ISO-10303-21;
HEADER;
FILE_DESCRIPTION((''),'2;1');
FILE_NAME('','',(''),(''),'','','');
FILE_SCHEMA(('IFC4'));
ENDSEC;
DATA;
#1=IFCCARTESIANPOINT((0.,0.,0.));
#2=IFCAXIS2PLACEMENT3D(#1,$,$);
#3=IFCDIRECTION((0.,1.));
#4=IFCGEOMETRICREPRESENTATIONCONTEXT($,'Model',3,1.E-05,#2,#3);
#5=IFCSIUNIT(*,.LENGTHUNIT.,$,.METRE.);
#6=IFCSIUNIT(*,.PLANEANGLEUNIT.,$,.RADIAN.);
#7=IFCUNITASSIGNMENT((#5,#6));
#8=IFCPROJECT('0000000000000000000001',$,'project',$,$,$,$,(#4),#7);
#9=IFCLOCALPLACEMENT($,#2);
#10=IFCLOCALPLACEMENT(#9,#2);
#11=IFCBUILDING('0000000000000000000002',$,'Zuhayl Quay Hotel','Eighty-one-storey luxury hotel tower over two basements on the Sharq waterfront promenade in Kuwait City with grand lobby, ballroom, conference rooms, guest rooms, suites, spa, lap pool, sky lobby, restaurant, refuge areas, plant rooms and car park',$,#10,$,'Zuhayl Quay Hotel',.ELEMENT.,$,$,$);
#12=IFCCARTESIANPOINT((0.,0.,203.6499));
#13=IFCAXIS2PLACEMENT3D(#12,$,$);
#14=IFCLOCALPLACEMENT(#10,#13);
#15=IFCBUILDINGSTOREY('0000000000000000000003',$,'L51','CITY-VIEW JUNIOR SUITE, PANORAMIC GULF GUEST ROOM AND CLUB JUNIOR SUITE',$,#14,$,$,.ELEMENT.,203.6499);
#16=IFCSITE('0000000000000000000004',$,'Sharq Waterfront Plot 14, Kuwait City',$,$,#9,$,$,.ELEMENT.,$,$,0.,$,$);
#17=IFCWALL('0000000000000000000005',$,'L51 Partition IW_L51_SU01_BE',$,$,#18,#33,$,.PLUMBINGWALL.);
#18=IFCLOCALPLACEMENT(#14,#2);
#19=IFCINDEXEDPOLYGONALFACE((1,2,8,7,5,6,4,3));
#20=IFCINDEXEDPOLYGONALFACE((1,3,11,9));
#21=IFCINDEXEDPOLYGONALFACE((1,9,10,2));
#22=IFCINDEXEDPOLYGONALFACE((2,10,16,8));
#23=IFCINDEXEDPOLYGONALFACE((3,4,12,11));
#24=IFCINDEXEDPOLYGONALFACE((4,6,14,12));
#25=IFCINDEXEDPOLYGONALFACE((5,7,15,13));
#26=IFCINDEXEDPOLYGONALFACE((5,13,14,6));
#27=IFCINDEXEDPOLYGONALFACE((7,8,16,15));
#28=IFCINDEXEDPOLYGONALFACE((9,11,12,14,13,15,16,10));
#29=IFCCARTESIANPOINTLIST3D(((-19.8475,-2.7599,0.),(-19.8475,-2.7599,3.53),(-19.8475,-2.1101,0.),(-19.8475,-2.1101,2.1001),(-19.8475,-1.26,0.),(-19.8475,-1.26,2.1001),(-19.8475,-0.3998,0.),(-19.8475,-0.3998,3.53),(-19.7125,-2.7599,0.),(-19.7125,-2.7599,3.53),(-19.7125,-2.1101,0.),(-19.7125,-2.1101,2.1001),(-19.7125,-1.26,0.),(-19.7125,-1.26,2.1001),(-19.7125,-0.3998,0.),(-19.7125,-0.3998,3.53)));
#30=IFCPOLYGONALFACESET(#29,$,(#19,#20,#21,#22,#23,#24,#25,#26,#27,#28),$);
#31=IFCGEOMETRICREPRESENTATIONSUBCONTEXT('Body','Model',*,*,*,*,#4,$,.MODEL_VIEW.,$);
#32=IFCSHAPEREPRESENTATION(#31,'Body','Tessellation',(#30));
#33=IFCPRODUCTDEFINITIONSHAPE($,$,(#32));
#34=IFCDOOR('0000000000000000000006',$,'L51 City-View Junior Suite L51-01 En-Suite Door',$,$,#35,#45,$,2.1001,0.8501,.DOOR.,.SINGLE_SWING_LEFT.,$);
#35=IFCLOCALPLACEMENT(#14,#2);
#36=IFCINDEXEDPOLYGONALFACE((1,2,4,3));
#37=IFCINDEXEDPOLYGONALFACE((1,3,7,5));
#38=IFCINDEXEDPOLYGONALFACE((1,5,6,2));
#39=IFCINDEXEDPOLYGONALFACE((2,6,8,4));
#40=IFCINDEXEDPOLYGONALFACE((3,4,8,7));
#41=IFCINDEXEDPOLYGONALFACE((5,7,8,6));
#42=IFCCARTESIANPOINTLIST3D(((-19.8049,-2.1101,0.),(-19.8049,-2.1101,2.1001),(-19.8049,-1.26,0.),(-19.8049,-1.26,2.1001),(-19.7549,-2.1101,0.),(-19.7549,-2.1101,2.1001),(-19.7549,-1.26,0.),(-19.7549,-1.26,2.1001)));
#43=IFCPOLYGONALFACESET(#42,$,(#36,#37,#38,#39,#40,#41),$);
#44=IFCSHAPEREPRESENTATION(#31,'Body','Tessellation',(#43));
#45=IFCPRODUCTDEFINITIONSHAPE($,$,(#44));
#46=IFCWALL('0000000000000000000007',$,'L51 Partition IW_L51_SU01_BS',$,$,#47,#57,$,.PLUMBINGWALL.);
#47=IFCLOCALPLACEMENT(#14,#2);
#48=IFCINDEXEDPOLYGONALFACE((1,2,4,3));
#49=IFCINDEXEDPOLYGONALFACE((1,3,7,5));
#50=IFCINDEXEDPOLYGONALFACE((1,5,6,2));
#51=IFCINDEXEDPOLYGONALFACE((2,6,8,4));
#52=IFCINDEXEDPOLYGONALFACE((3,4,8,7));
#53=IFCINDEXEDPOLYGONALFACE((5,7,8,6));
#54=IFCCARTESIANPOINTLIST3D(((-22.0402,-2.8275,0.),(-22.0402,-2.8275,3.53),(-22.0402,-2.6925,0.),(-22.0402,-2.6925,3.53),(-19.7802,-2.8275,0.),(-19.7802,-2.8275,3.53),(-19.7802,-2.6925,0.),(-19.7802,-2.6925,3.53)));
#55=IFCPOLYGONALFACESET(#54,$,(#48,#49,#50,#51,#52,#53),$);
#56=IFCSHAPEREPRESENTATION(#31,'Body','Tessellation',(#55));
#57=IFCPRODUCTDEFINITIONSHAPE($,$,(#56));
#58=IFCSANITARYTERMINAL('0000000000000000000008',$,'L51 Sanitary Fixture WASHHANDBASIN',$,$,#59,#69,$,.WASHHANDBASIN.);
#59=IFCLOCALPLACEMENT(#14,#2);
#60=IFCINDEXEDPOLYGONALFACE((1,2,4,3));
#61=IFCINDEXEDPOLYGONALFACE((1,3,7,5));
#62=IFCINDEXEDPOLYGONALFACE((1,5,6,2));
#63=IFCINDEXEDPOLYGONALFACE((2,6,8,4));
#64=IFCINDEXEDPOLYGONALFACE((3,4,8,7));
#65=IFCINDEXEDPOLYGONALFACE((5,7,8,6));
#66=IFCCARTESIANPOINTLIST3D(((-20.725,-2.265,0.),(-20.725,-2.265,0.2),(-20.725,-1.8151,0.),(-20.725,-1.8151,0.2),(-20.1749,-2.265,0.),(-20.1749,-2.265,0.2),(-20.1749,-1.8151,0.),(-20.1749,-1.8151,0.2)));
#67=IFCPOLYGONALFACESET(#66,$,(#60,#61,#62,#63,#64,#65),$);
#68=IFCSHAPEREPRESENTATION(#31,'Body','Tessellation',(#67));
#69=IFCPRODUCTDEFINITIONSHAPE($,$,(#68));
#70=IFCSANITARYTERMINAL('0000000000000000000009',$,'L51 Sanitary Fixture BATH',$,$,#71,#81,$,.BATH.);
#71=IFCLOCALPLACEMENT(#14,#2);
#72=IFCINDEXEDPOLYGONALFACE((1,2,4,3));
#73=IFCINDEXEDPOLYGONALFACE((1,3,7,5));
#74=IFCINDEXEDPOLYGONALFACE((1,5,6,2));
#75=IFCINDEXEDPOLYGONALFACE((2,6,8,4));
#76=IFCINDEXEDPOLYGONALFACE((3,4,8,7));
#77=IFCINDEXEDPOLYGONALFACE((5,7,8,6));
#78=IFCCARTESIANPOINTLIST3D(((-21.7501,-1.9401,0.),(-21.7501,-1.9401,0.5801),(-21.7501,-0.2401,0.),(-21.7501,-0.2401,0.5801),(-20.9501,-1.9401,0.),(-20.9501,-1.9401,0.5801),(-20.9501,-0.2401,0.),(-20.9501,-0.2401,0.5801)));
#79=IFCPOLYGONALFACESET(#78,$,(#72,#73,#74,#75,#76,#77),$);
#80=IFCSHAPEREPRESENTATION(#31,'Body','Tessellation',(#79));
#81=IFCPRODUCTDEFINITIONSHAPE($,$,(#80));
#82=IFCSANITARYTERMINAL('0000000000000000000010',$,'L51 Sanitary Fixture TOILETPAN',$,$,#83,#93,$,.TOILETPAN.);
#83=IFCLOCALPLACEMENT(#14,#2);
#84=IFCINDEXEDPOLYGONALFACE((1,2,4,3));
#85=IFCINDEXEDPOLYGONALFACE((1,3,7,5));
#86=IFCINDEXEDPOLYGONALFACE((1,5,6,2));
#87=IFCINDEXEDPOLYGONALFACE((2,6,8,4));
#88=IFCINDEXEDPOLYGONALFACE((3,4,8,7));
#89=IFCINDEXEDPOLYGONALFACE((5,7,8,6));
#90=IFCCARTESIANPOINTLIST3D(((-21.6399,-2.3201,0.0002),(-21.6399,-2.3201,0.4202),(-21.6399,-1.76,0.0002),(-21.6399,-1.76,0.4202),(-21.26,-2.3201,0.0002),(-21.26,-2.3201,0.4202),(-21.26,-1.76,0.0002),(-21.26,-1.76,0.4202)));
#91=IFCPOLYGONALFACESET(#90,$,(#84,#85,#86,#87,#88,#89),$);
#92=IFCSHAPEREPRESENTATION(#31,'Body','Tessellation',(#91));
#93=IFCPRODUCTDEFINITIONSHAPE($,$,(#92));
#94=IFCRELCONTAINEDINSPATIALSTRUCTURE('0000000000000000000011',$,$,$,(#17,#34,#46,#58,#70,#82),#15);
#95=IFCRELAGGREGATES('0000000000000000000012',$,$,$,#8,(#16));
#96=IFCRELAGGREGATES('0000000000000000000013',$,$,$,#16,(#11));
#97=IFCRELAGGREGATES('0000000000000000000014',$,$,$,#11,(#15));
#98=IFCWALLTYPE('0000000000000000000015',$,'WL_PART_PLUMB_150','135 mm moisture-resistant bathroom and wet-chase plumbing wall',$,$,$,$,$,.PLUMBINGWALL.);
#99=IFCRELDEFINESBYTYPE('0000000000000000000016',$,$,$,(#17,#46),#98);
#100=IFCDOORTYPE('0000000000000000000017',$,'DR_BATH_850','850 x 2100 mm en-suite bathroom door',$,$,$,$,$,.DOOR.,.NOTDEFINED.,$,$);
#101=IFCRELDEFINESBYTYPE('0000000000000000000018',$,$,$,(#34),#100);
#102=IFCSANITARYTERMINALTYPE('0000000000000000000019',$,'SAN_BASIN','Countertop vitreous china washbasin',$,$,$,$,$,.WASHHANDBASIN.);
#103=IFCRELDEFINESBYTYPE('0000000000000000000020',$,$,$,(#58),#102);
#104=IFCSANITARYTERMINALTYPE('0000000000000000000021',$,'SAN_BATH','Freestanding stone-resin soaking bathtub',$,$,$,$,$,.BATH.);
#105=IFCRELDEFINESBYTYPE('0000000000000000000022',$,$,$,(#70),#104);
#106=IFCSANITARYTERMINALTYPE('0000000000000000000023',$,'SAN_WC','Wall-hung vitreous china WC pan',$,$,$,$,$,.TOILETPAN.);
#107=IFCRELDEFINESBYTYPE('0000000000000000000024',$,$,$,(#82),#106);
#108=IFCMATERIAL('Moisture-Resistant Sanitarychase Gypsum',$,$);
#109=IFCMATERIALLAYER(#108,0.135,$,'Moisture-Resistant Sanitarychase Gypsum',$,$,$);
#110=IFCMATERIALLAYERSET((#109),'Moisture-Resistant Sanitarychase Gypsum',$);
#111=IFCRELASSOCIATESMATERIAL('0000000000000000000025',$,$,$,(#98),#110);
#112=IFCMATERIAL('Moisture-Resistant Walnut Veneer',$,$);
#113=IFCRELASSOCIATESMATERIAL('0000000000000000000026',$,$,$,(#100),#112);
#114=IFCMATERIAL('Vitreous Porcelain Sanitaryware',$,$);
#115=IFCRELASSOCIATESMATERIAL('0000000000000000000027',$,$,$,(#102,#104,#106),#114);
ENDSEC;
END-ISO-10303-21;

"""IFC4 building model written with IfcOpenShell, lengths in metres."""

from ifc_helpers import new_model, si_unit, direction, frame, frame_2d, origin, origin_2d, place, context, subcontext, project, spatial, rectangle, extrude, material, layer, layer_set, type_object, element, fill, save


model = new_model("IFC4")

# Units and contexts
model_context = context("Model", 3, precision=1e-05, world=origin(), true_north=direction((0.0, 1.0)))
body_context = subcontext(model_context, "Body", "Model", "MODEL_VIEW")
ifc_project = project(units=[si_unit("LENGTHUNIT", "METRE"), si_unit("PLANEANGLEUNIT", "RADIAN")], contexts=[model_context])

# Site, building, storey
site_placement = place(None, origin())
site = spatial("IfcSite", under=ifc_project, at=site_placement, Name="Sharq Waterfront Plot 14, Kuwait City", CompositionType="ELEMENT", RefElevation=0.0)
building_placement = place(site_placement, origin())
building = spatial("IfcBuilding", under=site, at=building_placement, Name="Zuhayl Quay Hotel", Description="Eighty-one-storey luxury hotel tower over two basements on the Sharq waterfront promenade in Kuwait City with grand lobby, ballroom, conference rooms, guest rooms, suites, spa, lap pool, sky lobby, restaurant, refuge areas, plant rooms and car park", LongName="Zuhayl Quay Hotel", CompositionType="ELEMENT")
storey_placement = place(building_placement, frame((0.0, 0.0, 203.6499)))
storey = spatial("IfcBuildingStorey", under=building, at=storey_placement, Name="L51", Description="CITY-VIEW JUNIOR SUITE, PANORAMIC GULF GUEST ROOM AND CLUB JUNIOR SUITE", CompositionType="ELEMENT", Elevation=203.6499)

# Wall, opening, door
ifc_material_1 = material(Name="Moisture-Resistant Sanitarychase Gypsum")
ifc_layer_1 = layer(ifc_material_1, 0.135, Name="Moisture-Resistant Sanitarychase Gypsum")
ifc_layer_set_1 = layer_set([ifc_layer_1], Name="Moisture-Resistant Sanitarychase Gypsum")
wall_type_1 = type_object("IfcWallType", Name="WL_PART_PLUMB_150", Description="135 mm moisture-resistant bathroom and wet-chase plumbing wall", PredefinedType="PLUMBINGWALL", material=ifc_layer_set_1)
wall_1_placement = place(storey_placement, frame((-19.78, -2.76, 0.0), z_axis=(0.0, 0.0, 1.0), x_axis=(0.0, 1.0, 0.0)))
wall_1 = element("IfcWall", 1, at=wall_1_placement, inside=storey, type_object=wall_type_1, Name="L51 Partition IW_L51_SU01_BE", PredefinedType="PLUMBINGWALL", context=body_context, shape_type="SweptSolid", body=[
    extrude(rectangle(XDim=2.3601, YDim=0.135, at=frame_2d((1.1802, 0.0))), origin(), (0.0, 0.0, 1.0), 3.53),
])
opening_1_placement = place(wall_1_placement, frame((0.6499, 0.0, 0.0)))
opening_1 = element("IfcOpeningElement", 2, at=opening_1_placement, cuts=wall_1, PredefinedType="OPENING", context=body_context, shape_type="SweptSolid", body=[
    extrude(rectangle(XDim=0.8501, YDim=2.1001, at=frame_2d((0.425, 1.05))), frame((0.0, 0.0774, 0.0), z_axis=(0.0, -1.0, 0.0), x_axis=(1.0, 0.0, 0.0)), (0.0, 0.0, 1.0), 0.155),
])
ifc_material_2 = material(Name="Moisture-Resistant Walnut Veneer")
door_type_1 = type_object("IfcDoorType", Name="DR_BATH_850", Description="850 x 2100 mm en-suite bathroom door", OperationType="NOTDEFINED", PredefinedType="DOOR", material=ifc_material_2)
door_1_placement = place(opening_1_placement, origin())
door_1 = element("IfcDoor", 3, at=door_1_placement, inside=storey, type_object=door_type_1, Name="L51 City-View Junior Suite L51-01 En-Suite Door", OperationType="SINGLE_SWING_LEFT", OverallHeight=2.1001, OverallWidth=0.8501, PredefinedType="DOOR", context=body_context, shape_type="SweptSolid", body=[
    extrude(rectangle(XDim=0.8501, YDim=2.1001, at=frame_2d((0.425, 1.05))), frame((0.0, 0.0249, 0.0), z_axis=(0.0, -1.0, 0.0), x_axis=(1.0, 0.0, 0.0)), (0.0, 0.0, 1.0), 0.05),
])
fill(opening_1, door_1)

# Wall
wall_2_placement = place(storey_placement, frame((-22.04, -2.76, 0.0), z_axis=(0.0, 0.0, 1.0), x_axis=(1.0, 0.0, 0.0)))
element("IfcWall", 4, at=wall_2_placement, inside=storey, type_object=wall_type_1, Name="L51 Partition IW_L51_SU01_BS", PredefinedType="PLUMBINGWALL", context=body_context, shape_type="SweptSolid", body=[
    extrude(rectangle(XDim=2.26, YDim=0.135, at=frame_2d((1.1299, 0.0))), origin(), (0.0, 0.0, 1.0), 3.53),
])

# Sanitary terminals
ifc_material_3 = material(Name="Vitreous Porcelain Sanitaryware")
sanitary_terminal_type_1 = type_object("IfcSanitaryTerminalType", Name="SAN_BASIN", Description="Countertop vitreous china washbasin", PredefinedType="WASHHANDBASIN", material=ifc_material_3)
sanitary_terminal_1_placement = place(storey_placement, frame((-20.45, -2.04, 0.0), z_axis=(0.0, 0.0, 1.0), x_axis=(1.0, 0.0, 0.0)))
element("IfcSanitaryTerminal", 5, at=sanitary_terminal_1_placement, inside=storey, type_object=sanitary_terminal_type_1, Name="L51 Sanitary Fixture WASHHANDBASIN", PredefinedType="WASHHANDBASIN", context=body_context, shape_type="SweptSolid", body=[
    extrude(rectangle(XDim=0.55, YDim=0.45, at=origin_2d()), origin(), (0.0, 0.0, 1.0), 0.2),
])
sanitary_terminal_type_2 = type_object("IfcSanitaryTerminalType", Name="SAN_BATH", Description="Freestanding stone-resin soaking bathtub", PredefinedType="BATH", material=ifc_material_3)
sanitary_terminal_2_placement = place(storey_placement, frame((-21.3501, -1.0901, 0.0), z_axis=(0.0, 0.0, 1.0), x_axis=(1.0, 0.0, 0.0)))
element("IfcSanitaryTerminal", 6, at=sanitary_terminal_2_placement, inside=storey, type_object=sanitary_terminal_type_2, Name="L51 Sanitary Fixture BATH", PredefinedType="BATH", context=body_context, shape_type="SweptSolid", body=[
    extrude(rectangle(XDim=0.8, YDim=1.7, at=origin_2d()), origin(), (0.0, 0.0, 1.0), 0.5801),
])
sanitary_terminal_type_3 = type_object("IfcSanitaryTerminalType", Name="SAN_WC", Description="Wall-hung vitreous china WC pan", PredefinedType="TOILETPAN", material=ifc_material_3)
sanitary_terminal_3_placement = place(storey_placement, frame((-21.45, -2.04, 0.0002), z_axis=(0.0, 0.0, 1.0), x_axis=(1.0, 0.0, 0.0)))
element("IfcSanitaryTerminal", 7, at=sanitary_terminal_3_placement, inside=storey, type_object=sanitary_terminal_type_3, Name="L51 Sanitary Fixture TOILETPAN", PredefinedType="TOILETPAN", context=body_context, shape_type="SweptSolid", body=[
    extrude(rectangle(XDim=0.3799, YDim=0.5601, at=origin_2d()), origin(), (0.0, 0.0, 1.0), 0.4199),
])

save(model, "model.ifc")
